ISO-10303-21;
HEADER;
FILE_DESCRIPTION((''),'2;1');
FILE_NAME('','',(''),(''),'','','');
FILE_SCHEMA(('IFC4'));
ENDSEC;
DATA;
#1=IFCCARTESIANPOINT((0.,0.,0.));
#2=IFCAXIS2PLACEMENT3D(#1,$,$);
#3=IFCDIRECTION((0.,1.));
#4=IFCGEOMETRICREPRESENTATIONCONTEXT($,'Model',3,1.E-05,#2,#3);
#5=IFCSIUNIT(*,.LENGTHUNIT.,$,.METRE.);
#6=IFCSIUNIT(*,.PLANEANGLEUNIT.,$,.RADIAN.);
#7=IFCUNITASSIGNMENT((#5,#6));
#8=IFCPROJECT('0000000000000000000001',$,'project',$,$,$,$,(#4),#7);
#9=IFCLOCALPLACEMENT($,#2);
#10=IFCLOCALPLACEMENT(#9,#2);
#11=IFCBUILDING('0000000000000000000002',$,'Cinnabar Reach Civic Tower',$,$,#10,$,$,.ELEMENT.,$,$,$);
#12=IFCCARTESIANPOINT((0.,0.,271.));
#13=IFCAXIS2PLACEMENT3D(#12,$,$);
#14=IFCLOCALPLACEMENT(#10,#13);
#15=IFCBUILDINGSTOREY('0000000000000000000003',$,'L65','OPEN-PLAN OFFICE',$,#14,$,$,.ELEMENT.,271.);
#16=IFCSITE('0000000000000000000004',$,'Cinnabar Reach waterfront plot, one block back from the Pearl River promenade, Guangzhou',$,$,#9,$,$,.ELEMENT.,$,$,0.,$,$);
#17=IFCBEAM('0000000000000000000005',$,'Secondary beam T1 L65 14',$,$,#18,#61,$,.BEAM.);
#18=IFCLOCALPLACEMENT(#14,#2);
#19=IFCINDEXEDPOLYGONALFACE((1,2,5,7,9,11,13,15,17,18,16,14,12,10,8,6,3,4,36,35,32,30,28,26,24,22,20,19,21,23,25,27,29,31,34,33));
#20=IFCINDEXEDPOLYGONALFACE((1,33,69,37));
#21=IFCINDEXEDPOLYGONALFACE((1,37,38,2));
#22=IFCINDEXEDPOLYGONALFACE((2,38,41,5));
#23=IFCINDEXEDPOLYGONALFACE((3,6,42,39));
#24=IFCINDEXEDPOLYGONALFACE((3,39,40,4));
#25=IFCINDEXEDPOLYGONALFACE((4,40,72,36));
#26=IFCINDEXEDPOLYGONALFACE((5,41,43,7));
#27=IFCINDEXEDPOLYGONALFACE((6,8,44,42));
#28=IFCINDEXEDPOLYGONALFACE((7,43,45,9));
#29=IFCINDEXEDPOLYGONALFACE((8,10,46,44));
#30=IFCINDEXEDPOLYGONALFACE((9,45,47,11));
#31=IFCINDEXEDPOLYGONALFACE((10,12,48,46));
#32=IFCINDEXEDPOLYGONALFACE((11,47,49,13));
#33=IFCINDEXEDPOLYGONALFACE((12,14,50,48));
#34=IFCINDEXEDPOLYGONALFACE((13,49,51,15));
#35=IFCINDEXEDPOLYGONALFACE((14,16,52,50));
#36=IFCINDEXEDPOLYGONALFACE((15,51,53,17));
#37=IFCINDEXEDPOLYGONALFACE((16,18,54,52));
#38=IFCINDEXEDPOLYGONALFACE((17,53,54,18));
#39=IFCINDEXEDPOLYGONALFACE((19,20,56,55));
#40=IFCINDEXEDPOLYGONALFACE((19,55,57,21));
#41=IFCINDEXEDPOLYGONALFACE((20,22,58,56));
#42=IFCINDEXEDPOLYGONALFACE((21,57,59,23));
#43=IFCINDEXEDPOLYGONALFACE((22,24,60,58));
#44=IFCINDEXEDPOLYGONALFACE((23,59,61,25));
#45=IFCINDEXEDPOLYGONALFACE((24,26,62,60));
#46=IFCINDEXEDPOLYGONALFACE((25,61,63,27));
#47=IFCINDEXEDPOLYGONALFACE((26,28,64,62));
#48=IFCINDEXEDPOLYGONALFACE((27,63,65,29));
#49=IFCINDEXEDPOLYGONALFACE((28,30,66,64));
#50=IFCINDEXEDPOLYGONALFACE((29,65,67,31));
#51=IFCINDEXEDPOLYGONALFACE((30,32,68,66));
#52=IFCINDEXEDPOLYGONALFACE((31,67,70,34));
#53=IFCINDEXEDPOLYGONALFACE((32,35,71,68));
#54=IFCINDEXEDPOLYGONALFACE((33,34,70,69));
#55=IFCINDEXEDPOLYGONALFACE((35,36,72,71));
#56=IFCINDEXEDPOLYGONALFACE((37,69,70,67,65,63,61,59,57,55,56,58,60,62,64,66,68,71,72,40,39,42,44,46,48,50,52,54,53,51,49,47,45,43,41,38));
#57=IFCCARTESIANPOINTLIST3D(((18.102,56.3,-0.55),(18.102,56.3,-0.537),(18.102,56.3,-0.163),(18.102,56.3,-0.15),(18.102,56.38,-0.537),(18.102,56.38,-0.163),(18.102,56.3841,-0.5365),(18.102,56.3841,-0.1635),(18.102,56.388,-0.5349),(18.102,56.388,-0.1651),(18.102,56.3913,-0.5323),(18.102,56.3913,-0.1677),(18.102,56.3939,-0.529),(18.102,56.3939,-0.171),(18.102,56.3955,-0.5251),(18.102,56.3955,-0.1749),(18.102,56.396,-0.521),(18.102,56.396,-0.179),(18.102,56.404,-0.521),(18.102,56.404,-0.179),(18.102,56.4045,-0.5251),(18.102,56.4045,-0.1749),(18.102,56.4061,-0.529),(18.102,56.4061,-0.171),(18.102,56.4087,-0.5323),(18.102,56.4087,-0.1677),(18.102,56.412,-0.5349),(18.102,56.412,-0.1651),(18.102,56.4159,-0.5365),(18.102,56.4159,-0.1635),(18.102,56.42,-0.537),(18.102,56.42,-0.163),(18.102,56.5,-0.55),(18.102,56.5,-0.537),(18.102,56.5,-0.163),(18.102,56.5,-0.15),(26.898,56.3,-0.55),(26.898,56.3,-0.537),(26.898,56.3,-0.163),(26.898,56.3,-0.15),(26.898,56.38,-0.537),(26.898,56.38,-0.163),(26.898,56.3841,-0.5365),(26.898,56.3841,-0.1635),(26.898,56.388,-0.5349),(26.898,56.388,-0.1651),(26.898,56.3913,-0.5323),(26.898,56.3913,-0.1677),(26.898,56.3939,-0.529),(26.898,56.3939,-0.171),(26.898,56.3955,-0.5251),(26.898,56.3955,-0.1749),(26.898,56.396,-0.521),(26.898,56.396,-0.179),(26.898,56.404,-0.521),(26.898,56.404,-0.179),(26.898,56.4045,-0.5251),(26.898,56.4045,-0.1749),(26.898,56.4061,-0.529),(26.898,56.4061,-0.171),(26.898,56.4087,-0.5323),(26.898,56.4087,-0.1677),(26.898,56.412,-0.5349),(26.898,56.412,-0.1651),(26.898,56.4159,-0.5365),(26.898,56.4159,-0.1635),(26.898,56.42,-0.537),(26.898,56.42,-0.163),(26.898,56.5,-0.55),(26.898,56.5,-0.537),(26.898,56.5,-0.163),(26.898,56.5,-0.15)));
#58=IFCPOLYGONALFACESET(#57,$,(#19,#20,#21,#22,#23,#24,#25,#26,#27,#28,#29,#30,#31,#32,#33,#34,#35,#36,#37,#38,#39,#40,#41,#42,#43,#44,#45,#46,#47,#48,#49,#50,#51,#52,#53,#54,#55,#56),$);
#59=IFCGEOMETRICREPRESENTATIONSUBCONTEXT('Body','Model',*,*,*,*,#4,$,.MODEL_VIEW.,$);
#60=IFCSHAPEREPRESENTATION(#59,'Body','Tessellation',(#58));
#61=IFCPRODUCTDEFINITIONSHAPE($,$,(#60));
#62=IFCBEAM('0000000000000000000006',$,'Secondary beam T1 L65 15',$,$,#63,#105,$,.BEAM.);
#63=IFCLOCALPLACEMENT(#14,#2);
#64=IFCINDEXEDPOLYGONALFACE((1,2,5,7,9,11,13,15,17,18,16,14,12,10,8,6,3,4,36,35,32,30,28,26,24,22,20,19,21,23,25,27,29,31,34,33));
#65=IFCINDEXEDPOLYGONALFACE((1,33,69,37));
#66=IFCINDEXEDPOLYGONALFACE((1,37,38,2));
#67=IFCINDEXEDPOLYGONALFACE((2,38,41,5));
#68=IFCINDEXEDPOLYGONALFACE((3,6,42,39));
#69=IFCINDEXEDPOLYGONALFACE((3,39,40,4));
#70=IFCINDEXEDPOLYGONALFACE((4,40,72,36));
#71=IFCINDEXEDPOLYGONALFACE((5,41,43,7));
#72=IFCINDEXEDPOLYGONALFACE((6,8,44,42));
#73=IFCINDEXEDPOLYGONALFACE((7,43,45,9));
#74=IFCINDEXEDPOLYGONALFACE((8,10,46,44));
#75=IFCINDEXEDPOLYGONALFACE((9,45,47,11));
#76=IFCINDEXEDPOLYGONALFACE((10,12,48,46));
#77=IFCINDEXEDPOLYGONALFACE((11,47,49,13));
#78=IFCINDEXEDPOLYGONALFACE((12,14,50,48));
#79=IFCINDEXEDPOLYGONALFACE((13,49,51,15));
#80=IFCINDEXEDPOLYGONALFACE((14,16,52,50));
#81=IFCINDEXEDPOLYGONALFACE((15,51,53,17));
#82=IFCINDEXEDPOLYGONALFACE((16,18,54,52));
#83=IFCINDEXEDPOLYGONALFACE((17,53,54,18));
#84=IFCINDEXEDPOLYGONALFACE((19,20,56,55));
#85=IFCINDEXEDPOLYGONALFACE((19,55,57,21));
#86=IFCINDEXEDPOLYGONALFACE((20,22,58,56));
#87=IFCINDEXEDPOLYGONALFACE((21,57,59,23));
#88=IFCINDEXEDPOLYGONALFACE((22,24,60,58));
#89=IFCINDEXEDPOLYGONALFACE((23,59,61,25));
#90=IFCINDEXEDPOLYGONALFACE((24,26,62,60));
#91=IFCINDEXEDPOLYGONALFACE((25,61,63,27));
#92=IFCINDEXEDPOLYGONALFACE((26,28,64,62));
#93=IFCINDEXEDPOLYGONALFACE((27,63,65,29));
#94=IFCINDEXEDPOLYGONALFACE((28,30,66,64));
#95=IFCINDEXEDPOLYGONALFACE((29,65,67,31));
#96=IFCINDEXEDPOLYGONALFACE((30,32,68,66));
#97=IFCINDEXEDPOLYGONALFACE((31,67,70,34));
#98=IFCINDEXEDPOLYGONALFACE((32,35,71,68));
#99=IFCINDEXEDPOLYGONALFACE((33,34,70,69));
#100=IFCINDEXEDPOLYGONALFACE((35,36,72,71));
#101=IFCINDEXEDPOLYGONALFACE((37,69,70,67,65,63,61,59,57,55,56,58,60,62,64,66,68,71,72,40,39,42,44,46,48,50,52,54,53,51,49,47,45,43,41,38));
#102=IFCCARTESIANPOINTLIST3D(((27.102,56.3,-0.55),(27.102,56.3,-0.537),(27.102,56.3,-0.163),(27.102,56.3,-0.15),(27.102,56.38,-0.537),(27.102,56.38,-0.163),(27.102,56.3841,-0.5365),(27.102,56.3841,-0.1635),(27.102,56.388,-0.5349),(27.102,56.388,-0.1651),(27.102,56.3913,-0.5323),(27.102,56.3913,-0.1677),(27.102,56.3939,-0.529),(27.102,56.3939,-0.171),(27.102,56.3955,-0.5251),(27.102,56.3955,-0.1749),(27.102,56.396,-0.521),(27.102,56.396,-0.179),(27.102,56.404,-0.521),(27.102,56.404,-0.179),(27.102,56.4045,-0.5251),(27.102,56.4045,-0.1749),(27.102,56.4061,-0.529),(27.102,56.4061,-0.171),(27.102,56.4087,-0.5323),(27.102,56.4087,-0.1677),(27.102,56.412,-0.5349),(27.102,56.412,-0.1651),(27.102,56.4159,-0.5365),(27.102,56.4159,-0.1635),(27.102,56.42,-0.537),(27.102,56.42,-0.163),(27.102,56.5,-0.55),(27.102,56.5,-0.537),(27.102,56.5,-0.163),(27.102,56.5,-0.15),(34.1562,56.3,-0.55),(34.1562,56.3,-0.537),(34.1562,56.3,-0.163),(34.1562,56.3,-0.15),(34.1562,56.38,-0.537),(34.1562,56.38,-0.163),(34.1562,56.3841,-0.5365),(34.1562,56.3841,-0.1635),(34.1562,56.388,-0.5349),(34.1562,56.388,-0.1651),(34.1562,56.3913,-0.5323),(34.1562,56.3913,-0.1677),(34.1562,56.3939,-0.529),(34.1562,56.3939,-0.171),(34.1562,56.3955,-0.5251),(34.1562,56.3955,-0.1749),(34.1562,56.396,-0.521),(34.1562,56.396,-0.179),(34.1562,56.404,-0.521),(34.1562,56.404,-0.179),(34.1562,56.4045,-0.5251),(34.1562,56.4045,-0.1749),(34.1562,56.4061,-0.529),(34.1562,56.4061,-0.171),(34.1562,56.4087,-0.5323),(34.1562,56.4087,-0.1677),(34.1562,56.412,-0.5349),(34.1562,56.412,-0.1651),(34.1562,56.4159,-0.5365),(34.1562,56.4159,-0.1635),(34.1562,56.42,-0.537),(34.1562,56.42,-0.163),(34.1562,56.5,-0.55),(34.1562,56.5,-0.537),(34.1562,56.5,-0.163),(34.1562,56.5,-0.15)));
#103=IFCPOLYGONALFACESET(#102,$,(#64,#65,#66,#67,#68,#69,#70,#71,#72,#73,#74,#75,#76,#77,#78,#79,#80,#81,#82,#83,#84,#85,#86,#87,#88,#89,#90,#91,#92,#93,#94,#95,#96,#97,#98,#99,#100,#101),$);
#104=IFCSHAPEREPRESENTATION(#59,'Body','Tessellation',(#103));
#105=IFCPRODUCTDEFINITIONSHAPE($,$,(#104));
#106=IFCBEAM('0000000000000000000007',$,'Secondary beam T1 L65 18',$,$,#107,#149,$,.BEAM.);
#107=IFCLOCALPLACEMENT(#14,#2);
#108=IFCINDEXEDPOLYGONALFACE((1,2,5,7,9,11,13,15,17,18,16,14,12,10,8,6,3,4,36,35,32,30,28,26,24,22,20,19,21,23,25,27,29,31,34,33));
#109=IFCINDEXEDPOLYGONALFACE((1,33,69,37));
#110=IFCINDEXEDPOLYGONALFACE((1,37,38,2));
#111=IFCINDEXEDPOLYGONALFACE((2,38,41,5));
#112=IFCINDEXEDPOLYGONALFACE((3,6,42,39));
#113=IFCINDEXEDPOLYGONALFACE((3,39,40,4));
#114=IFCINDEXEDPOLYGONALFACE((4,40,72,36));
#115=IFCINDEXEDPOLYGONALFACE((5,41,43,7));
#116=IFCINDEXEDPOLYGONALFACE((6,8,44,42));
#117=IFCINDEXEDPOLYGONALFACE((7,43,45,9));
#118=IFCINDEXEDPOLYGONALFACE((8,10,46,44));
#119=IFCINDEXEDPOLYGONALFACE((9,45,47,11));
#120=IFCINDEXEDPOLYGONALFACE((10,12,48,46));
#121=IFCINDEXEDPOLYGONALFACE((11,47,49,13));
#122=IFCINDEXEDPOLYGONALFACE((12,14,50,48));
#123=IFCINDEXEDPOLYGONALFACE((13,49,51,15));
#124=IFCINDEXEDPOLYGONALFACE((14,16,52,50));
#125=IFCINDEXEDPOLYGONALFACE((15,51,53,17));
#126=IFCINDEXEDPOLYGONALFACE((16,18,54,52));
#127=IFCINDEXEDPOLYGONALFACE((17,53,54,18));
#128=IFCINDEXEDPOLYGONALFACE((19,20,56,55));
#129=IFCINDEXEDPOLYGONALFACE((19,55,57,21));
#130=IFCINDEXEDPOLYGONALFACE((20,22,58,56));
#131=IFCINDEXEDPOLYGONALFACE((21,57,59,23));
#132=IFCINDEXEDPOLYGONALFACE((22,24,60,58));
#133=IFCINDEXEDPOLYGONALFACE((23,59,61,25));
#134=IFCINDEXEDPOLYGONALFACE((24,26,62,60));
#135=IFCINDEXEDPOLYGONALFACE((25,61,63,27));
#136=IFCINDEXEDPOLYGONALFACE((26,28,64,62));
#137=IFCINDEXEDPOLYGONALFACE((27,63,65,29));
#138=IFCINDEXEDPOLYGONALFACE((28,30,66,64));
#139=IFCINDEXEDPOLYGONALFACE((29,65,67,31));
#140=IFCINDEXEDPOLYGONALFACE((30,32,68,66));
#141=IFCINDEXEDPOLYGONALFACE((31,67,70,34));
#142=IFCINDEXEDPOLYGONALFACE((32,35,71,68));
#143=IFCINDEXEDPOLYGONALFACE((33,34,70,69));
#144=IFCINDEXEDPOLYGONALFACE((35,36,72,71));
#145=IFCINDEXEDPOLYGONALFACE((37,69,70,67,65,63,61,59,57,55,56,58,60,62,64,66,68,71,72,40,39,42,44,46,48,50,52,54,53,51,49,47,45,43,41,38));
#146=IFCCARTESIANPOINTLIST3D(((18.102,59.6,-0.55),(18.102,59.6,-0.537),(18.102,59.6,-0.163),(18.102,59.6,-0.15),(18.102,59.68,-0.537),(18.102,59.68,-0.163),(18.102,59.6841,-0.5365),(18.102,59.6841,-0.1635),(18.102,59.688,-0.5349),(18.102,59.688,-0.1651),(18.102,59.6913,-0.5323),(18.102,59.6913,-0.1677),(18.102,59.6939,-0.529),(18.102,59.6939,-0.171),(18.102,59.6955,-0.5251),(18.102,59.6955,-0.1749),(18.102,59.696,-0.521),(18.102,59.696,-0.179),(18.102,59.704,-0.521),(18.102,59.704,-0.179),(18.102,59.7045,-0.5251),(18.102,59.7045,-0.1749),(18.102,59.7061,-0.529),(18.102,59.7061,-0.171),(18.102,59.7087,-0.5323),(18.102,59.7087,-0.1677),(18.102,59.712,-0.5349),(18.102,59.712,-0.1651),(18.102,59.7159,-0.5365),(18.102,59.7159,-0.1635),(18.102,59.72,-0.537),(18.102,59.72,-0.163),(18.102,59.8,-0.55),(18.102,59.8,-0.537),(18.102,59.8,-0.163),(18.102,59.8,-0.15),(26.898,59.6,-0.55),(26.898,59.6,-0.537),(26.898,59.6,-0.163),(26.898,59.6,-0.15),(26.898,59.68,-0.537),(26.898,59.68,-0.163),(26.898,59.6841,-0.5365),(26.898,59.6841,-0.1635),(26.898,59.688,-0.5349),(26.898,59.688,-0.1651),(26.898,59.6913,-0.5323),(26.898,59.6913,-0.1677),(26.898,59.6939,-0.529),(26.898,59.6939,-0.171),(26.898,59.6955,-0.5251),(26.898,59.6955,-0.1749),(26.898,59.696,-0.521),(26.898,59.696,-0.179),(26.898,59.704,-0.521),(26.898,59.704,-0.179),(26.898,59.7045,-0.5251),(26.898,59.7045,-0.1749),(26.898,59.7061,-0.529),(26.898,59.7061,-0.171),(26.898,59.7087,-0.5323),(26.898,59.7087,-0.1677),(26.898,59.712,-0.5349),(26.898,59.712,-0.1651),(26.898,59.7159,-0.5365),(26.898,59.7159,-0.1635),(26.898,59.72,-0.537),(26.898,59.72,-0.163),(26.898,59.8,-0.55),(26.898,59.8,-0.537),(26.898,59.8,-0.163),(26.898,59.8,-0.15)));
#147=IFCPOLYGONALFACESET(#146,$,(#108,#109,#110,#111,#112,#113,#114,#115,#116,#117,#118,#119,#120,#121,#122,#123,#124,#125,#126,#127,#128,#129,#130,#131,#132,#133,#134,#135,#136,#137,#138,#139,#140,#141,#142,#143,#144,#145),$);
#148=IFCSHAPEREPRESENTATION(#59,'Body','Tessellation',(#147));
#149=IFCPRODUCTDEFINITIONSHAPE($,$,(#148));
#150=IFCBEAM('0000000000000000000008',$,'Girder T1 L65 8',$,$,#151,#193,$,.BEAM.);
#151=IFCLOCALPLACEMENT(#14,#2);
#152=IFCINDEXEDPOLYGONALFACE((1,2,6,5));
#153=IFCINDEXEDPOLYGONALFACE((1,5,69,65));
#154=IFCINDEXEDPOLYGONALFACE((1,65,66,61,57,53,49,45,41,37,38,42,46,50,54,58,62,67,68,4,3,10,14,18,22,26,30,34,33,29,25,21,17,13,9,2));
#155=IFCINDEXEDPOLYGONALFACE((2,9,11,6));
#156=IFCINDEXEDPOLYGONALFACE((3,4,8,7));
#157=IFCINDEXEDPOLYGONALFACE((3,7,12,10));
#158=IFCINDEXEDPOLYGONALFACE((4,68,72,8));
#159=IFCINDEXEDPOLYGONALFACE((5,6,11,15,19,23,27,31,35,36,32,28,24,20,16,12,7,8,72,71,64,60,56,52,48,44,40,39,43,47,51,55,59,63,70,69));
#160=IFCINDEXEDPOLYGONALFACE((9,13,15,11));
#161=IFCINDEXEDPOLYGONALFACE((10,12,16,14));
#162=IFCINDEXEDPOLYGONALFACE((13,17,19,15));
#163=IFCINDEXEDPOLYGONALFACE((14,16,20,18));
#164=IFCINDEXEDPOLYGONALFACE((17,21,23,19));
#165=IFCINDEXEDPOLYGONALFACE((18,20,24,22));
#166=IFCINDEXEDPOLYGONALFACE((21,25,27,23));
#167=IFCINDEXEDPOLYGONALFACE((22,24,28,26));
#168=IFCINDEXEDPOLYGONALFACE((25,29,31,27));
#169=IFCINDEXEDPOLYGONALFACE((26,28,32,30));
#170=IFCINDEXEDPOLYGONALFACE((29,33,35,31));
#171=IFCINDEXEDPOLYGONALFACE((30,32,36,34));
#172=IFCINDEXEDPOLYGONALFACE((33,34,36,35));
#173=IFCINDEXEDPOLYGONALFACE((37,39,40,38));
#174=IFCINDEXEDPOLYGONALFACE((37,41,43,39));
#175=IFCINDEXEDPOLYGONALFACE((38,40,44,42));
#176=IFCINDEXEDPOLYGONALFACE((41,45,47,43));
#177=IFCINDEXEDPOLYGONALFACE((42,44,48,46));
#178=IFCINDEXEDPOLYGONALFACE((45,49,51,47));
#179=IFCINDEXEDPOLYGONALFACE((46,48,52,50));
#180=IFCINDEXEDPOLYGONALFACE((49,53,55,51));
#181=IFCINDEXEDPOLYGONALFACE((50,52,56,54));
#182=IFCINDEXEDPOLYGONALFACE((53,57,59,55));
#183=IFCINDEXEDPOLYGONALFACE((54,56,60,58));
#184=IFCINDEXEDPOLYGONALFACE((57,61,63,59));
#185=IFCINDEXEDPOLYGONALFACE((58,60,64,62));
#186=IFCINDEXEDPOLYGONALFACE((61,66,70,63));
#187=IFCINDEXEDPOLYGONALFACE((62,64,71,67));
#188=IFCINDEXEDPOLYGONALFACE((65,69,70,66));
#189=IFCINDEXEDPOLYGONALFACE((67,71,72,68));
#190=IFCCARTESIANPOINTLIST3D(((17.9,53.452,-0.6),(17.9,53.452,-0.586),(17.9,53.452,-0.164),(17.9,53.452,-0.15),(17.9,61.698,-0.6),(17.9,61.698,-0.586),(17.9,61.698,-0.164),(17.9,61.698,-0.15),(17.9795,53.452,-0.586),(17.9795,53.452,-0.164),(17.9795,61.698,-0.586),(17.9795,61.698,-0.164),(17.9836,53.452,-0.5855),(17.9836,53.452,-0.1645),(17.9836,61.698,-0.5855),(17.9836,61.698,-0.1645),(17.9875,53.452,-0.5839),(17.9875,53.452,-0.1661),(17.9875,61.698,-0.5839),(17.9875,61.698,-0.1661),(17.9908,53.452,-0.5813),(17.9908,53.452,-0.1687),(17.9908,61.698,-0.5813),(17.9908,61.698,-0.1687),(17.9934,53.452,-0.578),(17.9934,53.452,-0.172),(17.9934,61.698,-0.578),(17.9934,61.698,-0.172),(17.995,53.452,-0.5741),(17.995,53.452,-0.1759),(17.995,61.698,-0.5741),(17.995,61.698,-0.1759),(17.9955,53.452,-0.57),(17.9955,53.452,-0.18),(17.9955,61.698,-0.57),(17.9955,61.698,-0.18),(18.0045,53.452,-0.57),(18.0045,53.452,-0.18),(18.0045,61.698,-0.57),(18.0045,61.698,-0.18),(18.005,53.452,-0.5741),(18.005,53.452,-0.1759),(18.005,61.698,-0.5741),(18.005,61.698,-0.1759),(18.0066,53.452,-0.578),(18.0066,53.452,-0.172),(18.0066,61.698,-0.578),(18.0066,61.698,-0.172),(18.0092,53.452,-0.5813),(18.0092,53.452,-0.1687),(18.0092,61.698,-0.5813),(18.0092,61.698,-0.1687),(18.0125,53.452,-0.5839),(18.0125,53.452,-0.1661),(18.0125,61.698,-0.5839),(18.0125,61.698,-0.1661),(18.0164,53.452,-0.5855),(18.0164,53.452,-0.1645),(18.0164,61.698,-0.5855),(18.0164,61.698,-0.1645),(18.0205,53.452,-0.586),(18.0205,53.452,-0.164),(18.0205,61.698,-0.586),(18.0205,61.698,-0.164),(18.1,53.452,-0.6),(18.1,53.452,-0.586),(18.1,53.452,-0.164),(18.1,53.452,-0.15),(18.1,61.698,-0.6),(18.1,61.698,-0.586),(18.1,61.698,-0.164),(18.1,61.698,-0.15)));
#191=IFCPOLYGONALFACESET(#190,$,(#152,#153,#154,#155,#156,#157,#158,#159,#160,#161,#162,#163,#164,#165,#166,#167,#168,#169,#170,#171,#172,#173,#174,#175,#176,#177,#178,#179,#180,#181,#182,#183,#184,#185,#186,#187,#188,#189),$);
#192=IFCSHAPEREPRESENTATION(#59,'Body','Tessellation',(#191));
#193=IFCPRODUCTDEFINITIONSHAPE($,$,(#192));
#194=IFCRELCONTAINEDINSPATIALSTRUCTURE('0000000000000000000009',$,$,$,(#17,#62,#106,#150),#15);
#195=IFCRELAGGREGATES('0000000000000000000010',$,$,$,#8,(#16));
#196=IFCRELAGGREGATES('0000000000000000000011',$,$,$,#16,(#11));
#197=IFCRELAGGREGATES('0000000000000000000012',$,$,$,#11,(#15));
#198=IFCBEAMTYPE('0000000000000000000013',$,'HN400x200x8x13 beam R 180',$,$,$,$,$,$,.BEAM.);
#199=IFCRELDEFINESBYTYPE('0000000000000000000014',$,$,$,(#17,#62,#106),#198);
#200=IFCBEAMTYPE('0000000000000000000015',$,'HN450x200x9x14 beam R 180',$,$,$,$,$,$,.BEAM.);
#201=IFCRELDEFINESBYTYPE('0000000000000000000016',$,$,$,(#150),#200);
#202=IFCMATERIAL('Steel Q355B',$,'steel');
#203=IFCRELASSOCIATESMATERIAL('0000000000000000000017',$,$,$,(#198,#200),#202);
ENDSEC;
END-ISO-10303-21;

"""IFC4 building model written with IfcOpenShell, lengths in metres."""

from ifc_helpers import new_model, si_unit, direction, frame, origin, origin_2d, place, context, subcontext, project, spatial, i_section, extrude, material, material_profile, profile_set, type_object, element, save


model = new_model("IFC4")

# Units and contexts
model_context = context("Model", 3, precision=1e-05, world=origin(), true_north=direction((0.0, 1.0)))
body_context = subcontext(model_context, "Body", "Model", "MODEL_VIEW")
ifc_project = project(units=[si_unit("LENGTHUNIT", "METRE"), si_unit("PLANEANGLEUNIT", "RADIAN")], contexts=[model_context])

# Site, building, storey
site_placement = place(None, origin())
site = spatial("IfcSite", under=ifc_project, at=site_placement, Name="Cinnabar Reach waterfront plot, one block back from the Pearl River promenade, Guangzhou", CompositionType="ELEMENT", RefElevation=0.0)
building_placement = place(site_placement, origin())
building = spatial("IfcBuilding", under=site, at=building_placement, Name="Cinnabar Reach Civic Tower", CompositionType="ELEMENT")
storey_placement = place(building_placement, frame((0.0, 0.0, 271.0)))
storey = spatial("IfcBuildingStorey", under=building, at=storey_placement, Name="L65", Description="OPEN-PLAN OFFICE", CompositionType="ELEMENT", Elevation=271.0)

# Beams
ifc_material_1 = material(Name="Steel Q355B", Category="steel")
ifc_material_profile_1 = material_profile(ifc_material_1, i_section(OverallWidth=0.2, OverallDepth=0.4, WebThickness=0.008, FlangeThickness=0.013, FilletRadius=0.016, at=origin_2d()), Name="HN400x200x8x13")
ifc_profile_set_1 = profile_set([ifc_material_profile_1], Name="Steel Q355B")
beam_type_1 = type_object("IfcBeamType", Name="HN400x200x8x13 beam R 180", PredefinedType="BEAM", material=ifc_profile_set_1)
beam_1_placement = place(storey_placement, frame((18.102, 56.4, -0.35), z_axis=(1.0, 0.0, 0.0), x_axis=(0.0, 1.0, 0.0)))
element("IfcBeam", 1, at=beam_1_placement, inside=storey, type_object=beam_type_1, Name="Secondary beam T1 L65 14", PredefinedType="BEAM", context=body_context, shape_type="SweptSolid", body=[
    extrude(i_section(OverallWidth=0.2, OverallDepth=0.4, WebThickness=0.008, FlangeThickness=0.013, FilletRadius=0.016, at=origin_2d()), origin(), (0.0, 0.0, 1.0), 8.796),
])
beam_2_placement = place(storey_placement, frame((27.102, 56.4, -0.35), z_axis=(1.0, 0.0, 0.0), x_axis=(0.0, 1.0, 0.0)))
element("IfcBeam", 2, at=beam_2_placement, inside=storey, type_object=beam_type_1, Name="Secondary beam T1 L65 15", PredefinedType="BEAM", context=body_context, shape_type="SweptSolid", body=[
    extrude(i_section(OverallWidth=0.2, OverallDepth=0.4, WebThickness=0.008, FlangeThickness=0.013, FilletRadius=0.016, at=origin_2d()), origin(), (0.0, 0.0, 1.0), 7.0542),
])
beam_3_placement = place(storey_placement, frame((18.102, 59.7, -0.35), z_axis=(1.0, 0.0, 0.0), x_axis=(0.0, 1.0, 0.0)))
element("IfcBeam", 3, at=beam_3_placement, inside=storey, type_object=beam_type_1, Name="Secondary beam T1 L65 18", PredefinedType="BEAM", context=body_context, shape_type="SweptSolid", body=[
    extrude(i_section(OverallWidth=0.2, OverallDepth=0.4, WebThickness=0.008, FlangeThickness=0.013, FilletRadius=0.016, at=origin_2d()), origin(), (0.0, 0.0, 1.0), 8.796),
])
ifc_material_profile_2 = material_profile(ifc_material_1, i_section(OverallWidth=0.2, OverallDepth=0.45, WebThickness=0.009, FlangeThickness=0.014, FilletRadius=0.016, at=origin_2d()), Name="HN450x200x9x14")
ifc_profile_set_2 = profile_set([ifc_material_profile_2], Name="Steel Q355B")
beam_type_2 = type_object("IfcBeamType", Name="HN450x200x9x14 beam R 180", PredefinedType="BEAM", material=ifc_profile_set_2)
beam_4_placement = place(storey_placement, frame((18.0, 53.452, -0.375), z_axis=(0.0, 1.0, 0.0), x_axis=(-1.0, 0.0, 0.0)))
element("IfcBeam", 4, at=beam_4_placement, inside=storey, type_object=beam_type_2, Name="Girder T1 L65 8", PredefinedType="BEAM", context=body_context, shape_type="SweptSolid", body=[
    extrude(i_section(OverallWidth=0.2, OverallDepth=0.45, WebThickness=0.009, FlangeThickness=0.014, FilletRadius=0.016, at=origin_2d()), origin(), (0.0, 0.0, 1.0), 8.246),
])

save(model, "model.ifc")
